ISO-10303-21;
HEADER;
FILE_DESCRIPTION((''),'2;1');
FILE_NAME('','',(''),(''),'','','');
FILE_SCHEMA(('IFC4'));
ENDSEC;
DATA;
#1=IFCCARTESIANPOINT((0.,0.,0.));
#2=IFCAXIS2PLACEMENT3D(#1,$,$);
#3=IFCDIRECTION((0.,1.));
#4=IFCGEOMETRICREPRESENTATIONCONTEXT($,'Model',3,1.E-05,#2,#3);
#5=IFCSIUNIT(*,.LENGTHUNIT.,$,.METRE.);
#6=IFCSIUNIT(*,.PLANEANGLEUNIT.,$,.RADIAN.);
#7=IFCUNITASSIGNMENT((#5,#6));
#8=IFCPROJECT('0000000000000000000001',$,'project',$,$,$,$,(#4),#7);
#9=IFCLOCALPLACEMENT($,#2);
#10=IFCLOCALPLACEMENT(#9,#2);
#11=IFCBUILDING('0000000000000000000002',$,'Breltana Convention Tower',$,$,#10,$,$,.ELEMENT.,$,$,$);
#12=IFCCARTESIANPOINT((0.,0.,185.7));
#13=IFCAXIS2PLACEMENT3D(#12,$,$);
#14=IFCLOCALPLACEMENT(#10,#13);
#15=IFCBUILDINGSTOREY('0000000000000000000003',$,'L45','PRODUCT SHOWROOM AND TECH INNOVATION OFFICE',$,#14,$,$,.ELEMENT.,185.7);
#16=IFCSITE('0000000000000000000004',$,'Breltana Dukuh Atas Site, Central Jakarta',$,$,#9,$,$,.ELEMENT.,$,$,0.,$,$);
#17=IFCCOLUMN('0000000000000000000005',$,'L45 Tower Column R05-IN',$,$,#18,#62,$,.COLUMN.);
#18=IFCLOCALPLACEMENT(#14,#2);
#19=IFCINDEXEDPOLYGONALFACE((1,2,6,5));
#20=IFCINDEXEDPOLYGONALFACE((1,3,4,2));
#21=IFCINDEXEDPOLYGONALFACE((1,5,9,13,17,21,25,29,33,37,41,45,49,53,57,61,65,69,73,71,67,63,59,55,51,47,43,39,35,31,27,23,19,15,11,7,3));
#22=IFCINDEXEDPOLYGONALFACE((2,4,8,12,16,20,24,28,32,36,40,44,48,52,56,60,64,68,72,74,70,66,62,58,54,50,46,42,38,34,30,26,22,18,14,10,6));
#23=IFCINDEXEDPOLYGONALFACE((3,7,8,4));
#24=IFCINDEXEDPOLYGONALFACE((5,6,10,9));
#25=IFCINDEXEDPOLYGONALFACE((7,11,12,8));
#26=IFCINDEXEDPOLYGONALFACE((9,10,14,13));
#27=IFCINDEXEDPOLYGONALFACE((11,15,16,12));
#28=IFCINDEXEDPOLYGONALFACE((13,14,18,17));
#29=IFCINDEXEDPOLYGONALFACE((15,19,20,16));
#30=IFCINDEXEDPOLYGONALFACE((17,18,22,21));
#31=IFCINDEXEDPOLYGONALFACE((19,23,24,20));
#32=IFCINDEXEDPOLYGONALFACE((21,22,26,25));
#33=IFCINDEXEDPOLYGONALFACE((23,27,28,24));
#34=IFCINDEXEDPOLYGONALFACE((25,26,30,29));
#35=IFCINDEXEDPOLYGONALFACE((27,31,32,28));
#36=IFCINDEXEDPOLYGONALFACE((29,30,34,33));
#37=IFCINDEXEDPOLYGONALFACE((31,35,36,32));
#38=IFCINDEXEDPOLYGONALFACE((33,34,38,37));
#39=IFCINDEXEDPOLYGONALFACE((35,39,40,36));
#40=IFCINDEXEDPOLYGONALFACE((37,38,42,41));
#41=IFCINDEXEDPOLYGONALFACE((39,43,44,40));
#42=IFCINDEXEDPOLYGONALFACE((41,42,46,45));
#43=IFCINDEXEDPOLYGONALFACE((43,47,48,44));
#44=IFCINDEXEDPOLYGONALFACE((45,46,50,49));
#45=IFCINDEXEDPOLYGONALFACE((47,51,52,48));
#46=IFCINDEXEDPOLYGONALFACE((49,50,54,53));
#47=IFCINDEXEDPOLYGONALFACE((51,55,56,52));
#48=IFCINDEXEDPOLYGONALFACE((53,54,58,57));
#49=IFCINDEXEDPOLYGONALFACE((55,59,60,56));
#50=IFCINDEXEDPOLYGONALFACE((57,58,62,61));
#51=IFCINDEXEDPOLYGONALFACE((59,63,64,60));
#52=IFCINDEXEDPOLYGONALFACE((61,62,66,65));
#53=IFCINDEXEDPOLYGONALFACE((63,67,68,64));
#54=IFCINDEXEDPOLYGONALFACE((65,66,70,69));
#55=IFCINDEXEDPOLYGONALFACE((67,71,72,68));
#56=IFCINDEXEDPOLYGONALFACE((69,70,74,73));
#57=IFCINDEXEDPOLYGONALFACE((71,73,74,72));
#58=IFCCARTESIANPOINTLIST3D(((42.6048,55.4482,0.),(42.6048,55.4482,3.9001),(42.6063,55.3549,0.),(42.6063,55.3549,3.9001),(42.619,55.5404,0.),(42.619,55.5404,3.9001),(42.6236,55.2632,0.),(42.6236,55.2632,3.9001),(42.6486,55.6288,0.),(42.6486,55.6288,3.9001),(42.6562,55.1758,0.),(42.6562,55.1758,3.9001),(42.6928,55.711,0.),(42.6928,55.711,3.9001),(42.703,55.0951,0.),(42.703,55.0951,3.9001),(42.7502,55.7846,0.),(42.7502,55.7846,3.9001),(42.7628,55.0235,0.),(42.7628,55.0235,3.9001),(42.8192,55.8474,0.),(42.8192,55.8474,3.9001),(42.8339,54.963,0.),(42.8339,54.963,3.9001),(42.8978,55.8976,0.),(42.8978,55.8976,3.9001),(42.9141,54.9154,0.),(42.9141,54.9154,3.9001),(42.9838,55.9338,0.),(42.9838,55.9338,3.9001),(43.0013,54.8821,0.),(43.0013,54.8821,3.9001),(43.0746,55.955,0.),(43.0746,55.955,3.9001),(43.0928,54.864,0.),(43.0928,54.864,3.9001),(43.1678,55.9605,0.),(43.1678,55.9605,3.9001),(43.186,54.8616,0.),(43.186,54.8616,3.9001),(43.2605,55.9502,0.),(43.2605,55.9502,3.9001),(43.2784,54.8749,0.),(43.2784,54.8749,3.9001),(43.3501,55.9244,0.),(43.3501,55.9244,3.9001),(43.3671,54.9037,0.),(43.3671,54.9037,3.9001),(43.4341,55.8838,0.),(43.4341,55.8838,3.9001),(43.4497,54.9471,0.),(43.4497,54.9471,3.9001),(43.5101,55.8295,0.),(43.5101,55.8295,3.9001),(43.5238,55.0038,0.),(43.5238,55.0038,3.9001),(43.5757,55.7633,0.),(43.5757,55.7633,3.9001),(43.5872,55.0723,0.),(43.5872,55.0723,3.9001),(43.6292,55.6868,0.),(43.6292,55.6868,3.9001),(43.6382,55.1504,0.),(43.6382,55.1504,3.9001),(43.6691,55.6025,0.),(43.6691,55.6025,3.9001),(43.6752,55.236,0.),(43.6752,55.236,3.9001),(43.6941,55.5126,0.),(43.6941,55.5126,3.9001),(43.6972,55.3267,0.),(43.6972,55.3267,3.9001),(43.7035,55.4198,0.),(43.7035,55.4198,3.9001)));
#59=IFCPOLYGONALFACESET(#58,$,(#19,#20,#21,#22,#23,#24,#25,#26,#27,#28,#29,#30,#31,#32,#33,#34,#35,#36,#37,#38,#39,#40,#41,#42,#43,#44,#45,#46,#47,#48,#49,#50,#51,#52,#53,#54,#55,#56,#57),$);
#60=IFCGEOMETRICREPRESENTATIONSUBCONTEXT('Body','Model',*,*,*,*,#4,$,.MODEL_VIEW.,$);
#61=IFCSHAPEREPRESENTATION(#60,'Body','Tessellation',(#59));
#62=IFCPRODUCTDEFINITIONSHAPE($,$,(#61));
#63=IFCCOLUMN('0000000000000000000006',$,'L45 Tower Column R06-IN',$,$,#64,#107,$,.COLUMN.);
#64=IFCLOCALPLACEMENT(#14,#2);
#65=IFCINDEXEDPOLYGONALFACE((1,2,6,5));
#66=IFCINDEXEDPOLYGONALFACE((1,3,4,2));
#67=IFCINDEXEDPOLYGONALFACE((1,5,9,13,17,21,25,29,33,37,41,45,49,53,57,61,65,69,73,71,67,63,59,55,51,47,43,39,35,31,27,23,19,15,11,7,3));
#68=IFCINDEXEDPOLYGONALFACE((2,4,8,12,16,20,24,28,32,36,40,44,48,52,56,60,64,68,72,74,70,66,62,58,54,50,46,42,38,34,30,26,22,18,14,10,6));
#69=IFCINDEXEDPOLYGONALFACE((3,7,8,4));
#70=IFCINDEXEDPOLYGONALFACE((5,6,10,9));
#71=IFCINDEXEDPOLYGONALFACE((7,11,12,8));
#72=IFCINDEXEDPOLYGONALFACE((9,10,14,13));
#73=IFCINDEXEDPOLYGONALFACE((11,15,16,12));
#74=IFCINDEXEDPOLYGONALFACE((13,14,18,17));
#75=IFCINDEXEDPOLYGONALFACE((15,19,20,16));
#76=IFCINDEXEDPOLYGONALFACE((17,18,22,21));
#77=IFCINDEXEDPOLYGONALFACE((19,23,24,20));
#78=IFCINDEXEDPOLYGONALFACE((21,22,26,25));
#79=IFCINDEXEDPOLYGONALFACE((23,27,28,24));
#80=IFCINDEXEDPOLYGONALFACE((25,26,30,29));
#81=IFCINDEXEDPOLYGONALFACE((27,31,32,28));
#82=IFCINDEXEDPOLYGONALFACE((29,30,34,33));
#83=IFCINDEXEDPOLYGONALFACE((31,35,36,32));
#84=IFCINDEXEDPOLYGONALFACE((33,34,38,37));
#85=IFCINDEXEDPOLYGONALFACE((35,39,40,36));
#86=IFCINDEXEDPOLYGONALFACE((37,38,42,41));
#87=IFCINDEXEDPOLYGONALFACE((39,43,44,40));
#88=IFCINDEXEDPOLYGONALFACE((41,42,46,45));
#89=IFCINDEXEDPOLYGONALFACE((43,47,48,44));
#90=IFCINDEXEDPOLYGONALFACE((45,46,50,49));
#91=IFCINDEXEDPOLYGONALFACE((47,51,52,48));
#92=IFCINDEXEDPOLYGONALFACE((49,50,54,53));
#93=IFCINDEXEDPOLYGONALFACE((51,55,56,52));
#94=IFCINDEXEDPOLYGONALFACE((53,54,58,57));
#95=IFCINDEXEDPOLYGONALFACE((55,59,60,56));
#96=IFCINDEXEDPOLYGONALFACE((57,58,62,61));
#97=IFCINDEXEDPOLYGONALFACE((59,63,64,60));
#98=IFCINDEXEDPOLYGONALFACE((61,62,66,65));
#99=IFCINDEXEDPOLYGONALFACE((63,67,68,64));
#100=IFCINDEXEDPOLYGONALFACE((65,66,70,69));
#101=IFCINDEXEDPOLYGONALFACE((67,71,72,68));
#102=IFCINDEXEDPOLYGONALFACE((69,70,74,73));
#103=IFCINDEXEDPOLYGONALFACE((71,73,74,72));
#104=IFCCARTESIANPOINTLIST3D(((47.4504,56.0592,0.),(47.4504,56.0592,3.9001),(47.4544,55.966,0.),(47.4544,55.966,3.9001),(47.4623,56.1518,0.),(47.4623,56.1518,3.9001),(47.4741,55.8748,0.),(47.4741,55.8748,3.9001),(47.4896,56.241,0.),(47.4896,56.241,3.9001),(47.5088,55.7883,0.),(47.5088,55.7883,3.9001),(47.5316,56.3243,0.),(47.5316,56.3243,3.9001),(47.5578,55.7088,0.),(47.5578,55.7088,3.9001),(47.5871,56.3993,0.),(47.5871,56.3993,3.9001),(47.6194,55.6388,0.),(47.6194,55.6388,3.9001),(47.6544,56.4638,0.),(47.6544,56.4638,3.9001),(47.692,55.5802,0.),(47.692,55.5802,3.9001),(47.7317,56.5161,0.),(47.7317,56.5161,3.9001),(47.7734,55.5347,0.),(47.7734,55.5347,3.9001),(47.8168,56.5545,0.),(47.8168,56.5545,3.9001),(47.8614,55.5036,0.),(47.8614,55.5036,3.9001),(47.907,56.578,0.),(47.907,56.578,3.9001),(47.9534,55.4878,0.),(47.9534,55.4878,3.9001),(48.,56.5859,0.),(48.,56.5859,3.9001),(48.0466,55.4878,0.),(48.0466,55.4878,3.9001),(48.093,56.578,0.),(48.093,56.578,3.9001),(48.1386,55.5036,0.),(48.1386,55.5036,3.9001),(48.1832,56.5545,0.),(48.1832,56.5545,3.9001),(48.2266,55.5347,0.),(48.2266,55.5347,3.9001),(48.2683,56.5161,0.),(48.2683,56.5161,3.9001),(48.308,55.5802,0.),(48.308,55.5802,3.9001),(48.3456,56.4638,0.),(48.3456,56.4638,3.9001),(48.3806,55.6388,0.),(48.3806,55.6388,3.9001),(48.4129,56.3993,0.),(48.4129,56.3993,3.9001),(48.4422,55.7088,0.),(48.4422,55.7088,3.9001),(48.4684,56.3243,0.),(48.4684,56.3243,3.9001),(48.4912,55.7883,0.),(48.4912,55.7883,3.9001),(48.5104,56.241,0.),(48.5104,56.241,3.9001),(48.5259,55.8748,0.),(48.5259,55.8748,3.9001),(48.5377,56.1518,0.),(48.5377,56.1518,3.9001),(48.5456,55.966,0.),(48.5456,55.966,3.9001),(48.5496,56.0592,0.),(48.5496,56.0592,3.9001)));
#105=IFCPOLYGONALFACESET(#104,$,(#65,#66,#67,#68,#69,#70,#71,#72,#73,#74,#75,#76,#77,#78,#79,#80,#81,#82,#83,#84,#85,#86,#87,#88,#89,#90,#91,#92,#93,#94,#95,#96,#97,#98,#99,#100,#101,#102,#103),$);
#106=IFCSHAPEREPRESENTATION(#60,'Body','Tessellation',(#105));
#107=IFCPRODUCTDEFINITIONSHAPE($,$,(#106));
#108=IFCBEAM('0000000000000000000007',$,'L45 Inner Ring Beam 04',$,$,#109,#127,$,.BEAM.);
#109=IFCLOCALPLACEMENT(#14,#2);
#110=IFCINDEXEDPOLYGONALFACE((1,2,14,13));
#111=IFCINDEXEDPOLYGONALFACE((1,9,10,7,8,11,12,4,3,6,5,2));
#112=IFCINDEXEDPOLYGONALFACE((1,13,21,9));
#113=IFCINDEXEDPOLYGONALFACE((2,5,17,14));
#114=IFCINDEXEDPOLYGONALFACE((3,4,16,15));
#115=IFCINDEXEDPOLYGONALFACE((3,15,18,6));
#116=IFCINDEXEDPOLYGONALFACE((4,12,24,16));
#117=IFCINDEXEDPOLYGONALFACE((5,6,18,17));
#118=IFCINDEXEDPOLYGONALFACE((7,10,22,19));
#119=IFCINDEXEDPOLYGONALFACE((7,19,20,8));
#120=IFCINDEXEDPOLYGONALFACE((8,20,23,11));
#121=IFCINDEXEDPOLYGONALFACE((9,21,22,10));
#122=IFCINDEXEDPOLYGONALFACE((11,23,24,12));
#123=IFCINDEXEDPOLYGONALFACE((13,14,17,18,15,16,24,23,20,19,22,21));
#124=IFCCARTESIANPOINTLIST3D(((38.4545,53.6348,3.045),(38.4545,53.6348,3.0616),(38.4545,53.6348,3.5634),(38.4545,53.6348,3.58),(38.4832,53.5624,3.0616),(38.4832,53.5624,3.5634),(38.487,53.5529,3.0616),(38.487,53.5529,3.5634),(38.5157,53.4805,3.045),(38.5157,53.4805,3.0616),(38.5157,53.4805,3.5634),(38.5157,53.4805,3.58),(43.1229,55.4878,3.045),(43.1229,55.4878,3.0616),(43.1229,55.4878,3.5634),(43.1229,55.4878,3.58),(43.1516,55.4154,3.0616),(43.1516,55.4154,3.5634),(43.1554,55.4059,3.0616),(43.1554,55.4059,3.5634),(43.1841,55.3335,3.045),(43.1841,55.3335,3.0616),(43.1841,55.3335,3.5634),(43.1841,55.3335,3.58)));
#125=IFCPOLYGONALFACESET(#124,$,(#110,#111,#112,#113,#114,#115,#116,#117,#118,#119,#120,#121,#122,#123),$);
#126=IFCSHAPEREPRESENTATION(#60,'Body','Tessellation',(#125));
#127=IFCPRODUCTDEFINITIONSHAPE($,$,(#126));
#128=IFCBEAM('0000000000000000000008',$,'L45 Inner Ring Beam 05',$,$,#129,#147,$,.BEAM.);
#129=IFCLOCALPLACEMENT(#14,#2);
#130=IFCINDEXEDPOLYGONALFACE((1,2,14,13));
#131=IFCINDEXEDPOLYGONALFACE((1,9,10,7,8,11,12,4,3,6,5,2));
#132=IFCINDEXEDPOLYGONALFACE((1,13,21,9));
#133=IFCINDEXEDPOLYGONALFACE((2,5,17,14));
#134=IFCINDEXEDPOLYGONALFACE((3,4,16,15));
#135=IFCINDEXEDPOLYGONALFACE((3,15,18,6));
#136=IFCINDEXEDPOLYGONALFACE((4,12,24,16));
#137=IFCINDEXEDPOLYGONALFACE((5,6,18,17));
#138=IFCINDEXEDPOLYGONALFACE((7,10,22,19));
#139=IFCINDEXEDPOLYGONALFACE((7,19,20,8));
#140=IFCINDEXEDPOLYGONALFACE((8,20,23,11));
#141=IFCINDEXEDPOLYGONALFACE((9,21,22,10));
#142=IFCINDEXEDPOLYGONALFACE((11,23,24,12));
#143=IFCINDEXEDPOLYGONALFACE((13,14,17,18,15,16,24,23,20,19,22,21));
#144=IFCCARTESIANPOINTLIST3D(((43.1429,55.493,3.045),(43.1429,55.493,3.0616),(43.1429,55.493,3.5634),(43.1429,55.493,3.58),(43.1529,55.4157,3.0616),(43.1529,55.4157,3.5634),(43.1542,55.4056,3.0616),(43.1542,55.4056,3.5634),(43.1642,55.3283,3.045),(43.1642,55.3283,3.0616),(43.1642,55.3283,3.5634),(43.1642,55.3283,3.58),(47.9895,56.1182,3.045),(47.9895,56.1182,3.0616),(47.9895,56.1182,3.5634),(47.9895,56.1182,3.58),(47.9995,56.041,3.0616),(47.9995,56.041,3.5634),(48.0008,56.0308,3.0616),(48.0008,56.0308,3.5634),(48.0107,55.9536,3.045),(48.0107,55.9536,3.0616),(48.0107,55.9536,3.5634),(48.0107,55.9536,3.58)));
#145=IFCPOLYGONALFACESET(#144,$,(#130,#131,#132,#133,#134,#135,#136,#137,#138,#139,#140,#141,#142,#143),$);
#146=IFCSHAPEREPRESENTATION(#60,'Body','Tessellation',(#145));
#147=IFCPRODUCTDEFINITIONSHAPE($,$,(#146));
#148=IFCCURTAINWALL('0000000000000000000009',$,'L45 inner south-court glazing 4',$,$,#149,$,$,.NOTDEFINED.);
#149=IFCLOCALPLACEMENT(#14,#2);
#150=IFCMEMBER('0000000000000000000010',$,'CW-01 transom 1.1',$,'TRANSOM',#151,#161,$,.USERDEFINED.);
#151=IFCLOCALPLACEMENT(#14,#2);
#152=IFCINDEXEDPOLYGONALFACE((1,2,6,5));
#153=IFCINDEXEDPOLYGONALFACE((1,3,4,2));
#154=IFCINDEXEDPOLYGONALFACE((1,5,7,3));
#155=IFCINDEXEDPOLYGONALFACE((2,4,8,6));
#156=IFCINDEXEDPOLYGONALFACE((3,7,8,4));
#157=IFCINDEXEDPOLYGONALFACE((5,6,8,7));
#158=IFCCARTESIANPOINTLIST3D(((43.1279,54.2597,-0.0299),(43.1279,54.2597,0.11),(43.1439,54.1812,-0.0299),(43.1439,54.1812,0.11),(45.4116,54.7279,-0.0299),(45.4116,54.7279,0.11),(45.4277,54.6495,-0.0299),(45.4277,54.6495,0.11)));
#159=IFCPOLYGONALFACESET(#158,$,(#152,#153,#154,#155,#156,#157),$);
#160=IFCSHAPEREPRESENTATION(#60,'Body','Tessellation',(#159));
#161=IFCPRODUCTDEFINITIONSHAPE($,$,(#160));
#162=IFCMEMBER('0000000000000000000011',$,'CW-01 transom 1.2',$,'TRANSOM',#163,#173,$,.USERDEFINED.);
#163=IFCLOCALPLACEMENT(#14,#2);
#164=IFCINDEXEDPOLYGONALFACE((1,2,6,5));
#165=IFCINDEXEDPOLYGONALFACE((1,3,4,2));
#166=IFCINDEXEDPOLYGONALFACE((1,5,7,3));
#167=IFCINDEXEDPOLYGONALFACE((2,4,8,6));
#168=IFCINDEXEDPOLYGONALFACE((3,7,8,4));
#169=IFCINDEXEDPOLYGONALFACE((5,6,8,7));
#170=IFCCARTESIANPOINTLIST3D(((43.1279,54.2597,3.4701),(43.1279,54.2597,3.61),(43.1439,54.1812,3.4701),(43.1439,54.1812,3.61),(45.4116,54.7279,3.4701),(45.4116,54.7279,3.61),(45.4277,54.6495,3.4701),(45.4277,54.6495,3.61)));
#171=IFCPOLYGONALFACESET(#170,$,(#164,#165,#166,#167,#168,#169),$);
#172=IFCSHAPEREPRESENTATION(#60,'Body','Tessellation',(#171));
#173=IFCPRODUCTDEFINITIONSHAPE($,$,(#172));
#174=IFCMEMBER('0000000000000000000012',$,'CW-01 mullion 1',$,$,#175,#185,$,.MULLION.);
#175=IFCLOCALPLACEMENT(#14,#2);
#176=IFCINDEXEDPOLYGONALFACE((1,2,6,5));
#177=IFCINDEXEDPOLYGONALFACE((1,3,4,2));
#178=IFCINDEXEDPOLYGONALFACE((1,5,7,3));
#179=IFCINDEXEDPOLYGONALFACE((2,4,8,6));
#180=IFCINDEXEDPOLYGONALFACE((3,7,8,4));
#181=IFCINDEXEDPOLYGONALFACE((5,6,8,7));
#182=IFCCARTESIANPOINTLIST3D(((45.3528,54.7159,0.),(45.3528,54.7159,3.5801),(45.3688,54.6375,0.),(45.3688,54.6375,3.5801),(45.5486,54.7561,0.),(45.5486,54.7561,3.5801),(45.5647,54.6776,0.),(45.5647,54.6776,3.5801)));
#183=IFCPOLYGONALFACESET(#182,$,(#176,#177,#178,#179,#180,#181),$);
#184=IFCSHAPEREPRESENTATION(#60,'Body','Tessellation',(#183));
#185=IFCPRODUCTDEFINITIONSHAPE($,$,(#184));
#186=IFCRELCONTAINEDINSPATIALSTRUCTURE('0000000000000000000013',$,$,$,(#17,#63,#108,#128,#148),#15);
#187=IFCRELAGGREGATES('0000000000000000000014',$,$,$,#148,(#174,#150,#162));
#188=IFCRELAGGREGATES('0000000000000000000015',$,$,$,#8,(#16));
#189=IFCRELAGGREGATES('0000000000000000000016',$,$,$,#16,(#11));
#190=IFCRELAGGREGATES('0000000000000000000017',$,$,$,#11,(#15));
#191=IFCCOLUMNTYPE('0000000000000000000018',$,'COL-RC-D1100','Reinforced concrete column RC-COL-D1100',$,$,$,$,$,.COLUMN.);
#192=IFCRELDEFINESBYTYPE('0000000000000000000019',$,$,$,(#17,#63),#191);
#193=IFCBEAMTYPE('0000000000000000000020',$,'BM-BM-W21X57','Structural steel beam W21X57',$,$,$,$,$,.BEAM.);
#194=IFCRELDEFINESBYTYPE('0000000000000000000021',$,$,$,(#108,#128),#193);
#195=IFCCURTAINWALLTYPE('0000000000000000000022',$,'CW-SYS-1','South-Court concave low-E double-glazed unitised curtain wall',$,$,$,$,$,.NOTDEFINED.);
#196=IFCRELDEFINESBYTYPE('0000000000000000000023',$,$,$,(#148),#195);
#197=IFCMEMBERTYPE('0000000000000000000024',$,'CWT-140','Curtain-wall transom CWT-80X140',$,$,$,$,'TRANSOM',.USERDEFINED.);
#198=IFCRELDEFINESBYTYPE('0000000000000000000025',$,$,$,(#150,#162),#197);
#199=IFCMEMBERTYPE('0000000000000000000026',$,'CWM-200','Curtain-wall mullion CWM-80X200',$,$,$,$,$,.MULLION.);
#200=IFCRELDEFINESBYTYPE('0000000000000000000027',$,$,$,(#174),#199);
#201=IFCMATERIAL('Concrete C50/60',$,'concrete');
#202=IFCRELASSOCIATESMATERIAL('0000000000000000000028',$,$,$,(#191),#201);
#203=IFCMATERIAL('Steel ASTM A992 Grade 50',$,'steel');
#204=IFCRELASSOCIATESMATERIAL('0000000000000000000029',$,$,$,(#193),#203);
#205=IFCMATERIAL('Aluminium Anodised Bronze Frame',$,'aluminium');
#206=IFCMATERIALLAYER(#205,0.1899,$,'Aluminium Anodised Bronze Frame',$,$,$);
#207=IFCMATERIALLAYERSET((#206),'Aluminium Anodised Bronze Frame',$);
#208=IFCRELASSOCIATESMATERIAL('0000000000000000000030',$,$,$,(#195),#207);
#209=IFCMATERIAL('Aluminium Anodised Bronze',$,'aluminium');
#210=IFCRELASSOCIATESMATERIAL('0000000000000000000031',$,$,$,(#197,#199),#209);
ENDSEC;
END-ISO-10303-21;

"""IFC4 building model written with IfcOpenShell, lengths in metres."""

from ifc_helpers import new_model, si_unit, direction, frame, origin, origin_2d, place, context, subcontext, project, spatial, rectangle, circle, i_section, extrude, source, transform, mapped, material, layer, layer_set, material_profile, profile_set, type_object, element, aggregate, save


model = new_model("IFC4")

# Units and contexts
model_context = context("Model", 3, precision=1e-05, world=origin(), true_north=direction((0.0, 1.0)))
body_context = subcontext(model_context, "Body", "Model", "MODEL_VIEW")
ifc_project = project(units=[si_unit("LENGTHUNIT", "METRE"), si_unit("PLANEANGLEUNIT", "RADIAN")], contexts=[model_context])

# Site, building, storey
site_placement = place(None, origin())
site = spatial("IfcSite", under=ifc_project, at=site_placement, Name="Breltana Dukuh Atas Site, Central Jakarta", CompositionType="ELEMENT", RefElevation=0.0)
building_placement = place(site_placement, origin())
building = spatial("IfcBuilding", under=site, at=building_placement, Name="Breltana Convention Tower", CompositionType="ELEMENT")
storey_placement = place(building_placement, frame((0.0, 0.0, 185.7)))
storey = spatial("IfcBuildingStorey", under=building, at=storey_placement, Name="L45", Description="PRODUCT SHOWROOM AND TECH INNOVATION OFFICE", CompositionType="ELEMENT", Elevation=185.7)

# Columns
ifc_material_1 = material(Name="Concrete C50/60", Category="concrete")
ifc_material_profile_1 = material_profile(ifc_material_1, circle(Radius=0.55, at=origin_2d()), Name="RC-COL-D1100")
ifc_profile_set_1 = profile_set([ifc_material_profile_1], Name="Concrete C50/60")
column_type = type_object("IfcColumnType", Name="COL-RC-D1100", Description="Reinforced concrete column RC-COL-D1100", PredefinedType="COLUMN", material=ifc_profile_set_1)
shared_shape_1 = source(origin(), body_context, "Body", "SweptSolid", [
    extrude(circle(Radius=0.55, at=origin_2d()), origin(), (0.0, 0.0, 1.0), 3.9001),
])
for number, where, z_axis, x_axis, name in (
    (1, (43.1536, 55.4106, 0.0), (0.0, 0.0, 1.0), (-0.143493, 0.989651, 0.0), "L45 Tower Column R05-IN"),
    (2, (48.0, 56.0359, 0.0), (0.0, 0.0, 1.0), (0.0, 1.0, 0.0), "L45 Tower Column R06-IN"),
):
    element("IfcColumn", number, at=place(storey_placement, frame(where, z_axis=z_axis, x_axis=x_axis)), inside=storey, type_object=column_type, Name=name, PredefinedType="COLUMN", context=body_context, shape_type="MappedRepresentation", body=[
        mapped(shared_shape_1, transform((0.0, 0.0, 0.0), scale=1.0)),
    ])

# Beams
ifc_material_2 = material(Name="Steel ASTM A992 Grade 50", Category="steel")
ifc_material_profile_2 = material_profile(ifc_material_2, i_section(OverallWidth=0.166, OverallDepth=0.5349, WebThickness=0.0103, FlangeThickness=0.0166, at=origin_2d()), Name="W21X57")
ifc_profile_set_2 = profile_set([ifc_material_profile_2], Name="Steel ASTM A992 Grade 50")
beam_type = type_object("IfcBeamType", Name="BM-BM-W21X57", Description="Structural steel beam W21X57", PredefinedType="BEAM", material=ifc_profile_set_2)
shared_shape_2 = source(origin(), body_context, "Body", "SweptSolid", [
    extrude(i_section(OverallWidth=0.166, OverallDepth=0.5349, WebThickness=0.0103, FlangeThickness=0.0166, at=origin_2d()), origin(), (0.0, 0.0, 1.0), 5.0227),
])
beam_1_placement = place(storey_placement, frame((38.4851, 53.5576, 3.3125), z_axis=(0.929459, 0.368926, 0.0), x_axis=(-0.368926, 0.929459, 0.0)))
element("IfcBeam", 3, at=beam_1_placement, inside=storey, type_object=beam_type, Name="L45 Inner Ring Beam 04", PredefinedType="BEAM", context=body_context, shape_type="MappedRepresentation", body=[
    mapped(shared_shape_2, transform((0.0, 0.0, 0.0), scale=1.0)),
])
shared_shape_3 = source(origin(), body_context, "Body", "SweptSolid", [
    extrude(i_section(OverallWidth=0.166, OverallDepth=0.5349, WebThickness=0.0103, FlangeThickness=0.0166, at=origin_2d()), origin(), (0.0, 0.0, 1.0), 4.8867),
])
beam_2_placement = place(storey_placement, frame((43.1536, 55.4106, 3.3125), z_axis=(0.991781, 0.127951, 0.0), x_axis=(-0.127951, 0.991781, 0.0)))
element("IfcBeam", 4, at=beam_2_placement, inside=storey, type_object=beam_type, Name="L45 Inner Ring Beam 05", PredefinedType="BEAM", context=body_context, shape_type="MappedRepresentation", body=[
    mapped(shared_shape_3, transform((0.0, 0.0, 0.0), scale=1.0)),
])

# Curtain wall, members
ifc_material_3 = material(Name="Aluminium Anodised Bronze Frame", Category="aluminium")
ifc_layer_1 = layer(ifc_material_3, 0.1899, Name="Aluminium Anodised Bronze Frame")
ifc_layer_set_1 = layer_set([ifc_layer_1], Name="Aluminium Anodised Bronze Frame")
curtain_wall_type = type_object("IfcCurtainWallType", Name="CW-SYS-1", Description="South-Court concave low-E double-glazed unitised curtain wall", PredefinedType="NOTDEFINED", material=ifc_layer_set_1)
curtain_wall_placement = place(storey_placement, origin())
curtain_wall = element("IfcCurtainWall", 5, at=curtain_wall_placement, inside=storey, type_object=curtain_wall_type, Name="L45 inner south-court glazing 4", PredefinedType="NOTDEFINED")
ifc_material_4 = material(Name="Aluminium Anodised Bronze", Category="aluminium")
ifc_material_profile_3 = material_profile(ifc_material_4, rectangle(XDim=0.0801, YDim=0.1399, at=origin_2d()), Name="CWT-80X140")
ifc_profile_set_3 = profile_set([ifc_material_profile_3], Name="Aluminium Anodised Bronze")
member_type_1 = type_object("IfcMemberType", Name="CWT-140", Description="Curtain-wall transom CWT-80X140", ElementType="TRANSOM", PredefinedType="USERDEFINED", material=ifc_profile_set_3)
shared_shape_4 = source(origin(), body_context, "Body", "SweptSolid", [
    extrude(rectangle(XDim=0.0801, YDim=0.1399, at=origin_2d()), origin(), (0.0, 0.0, 1.0), 2.3313),
])
member_1_placement = place(storey_placement, frame((45.4197, 54.6887, 0.04), z_axis=(-0.979619, -0.200867, 0.0), x_axis=(0.200867, -0.979619, 0.0)))
member_1 = element("IfcMember", 6, at=member_1_placement, type_object=member_type_1, Name="CW-01 transom 1.1", ObjectType="TRANSOM", PredefinedType="USERDEFINED", context=body_context, shape_type="MappedRepresentation", body=[
    mapped(shared_shape_4, transform((0.0, 0.0, 0.0), scale=1.0)),
])
member_2_placement = place(storey_placement, frame((45.4197, 54.6887, 3.54), z_axis=(-0.979619, -0.200867, 0.0), x_axis=(0.200867, -0.979619, 0.0)))
member_2 = element("IfcMember", 7, at=member_2_placement, type_object=member_type_1, Name="CW-01 transom 1.2", ObjectType="TRANSOM", PredefinedType="USERDEFINED", context=body_context, shape_type="MappedRepresentation", body=[
    mapped(shared_shape_4, transform((0.0, 0.0, 0.0), scale=1.0)),
])
ifc_material_profile_4 = material_profile(ifc_material_4, rectangle(XDim=0.0801, YDim=0.2, at=origin_2d()), Name="CWM-80X200")
ifc_profile_set_4 = profile_set([ifc_material_profile_4], Name="Aluminium Anodised Bronze")
member_type_2 = type_object("IfcMemberType", Name="CWM-200", Description="Curtain-wall mullion CWM-80X200", PredefinedType="MULLION", material=ifc_profile_set_4)
shared_shape_5 = source(origin(), body_context, "Body", "SweptSolid", [
    extrude(rectangle(XDim=0.0801, YDim=0.2, at=origin_2d()), origin(), (0.0, 0.0, 1.0), 3.5801),
])
member_3_placement = place(storey_placement, frame((45.4587, 54.6968, 0.0), z_axis=(0.0, 0.0, 1.0), x_axis=(0.200861, -0.97962, 0.0)))
member_3 = element("IfcMember", 8, at=member_3_placement, type_object=member_type_2, Name="CW-01 mullion 1", PredefinedType="MULLION", context=body_context, shape_type="MappedRepresentation", body=[
    mapped(shared_shape_5, transform((0.0, 0.0, 0.0), scale=1.0)),
])
aggregate(curtain_wall, [member_3, member_1, member_2])

save(model, "model.ifc")
